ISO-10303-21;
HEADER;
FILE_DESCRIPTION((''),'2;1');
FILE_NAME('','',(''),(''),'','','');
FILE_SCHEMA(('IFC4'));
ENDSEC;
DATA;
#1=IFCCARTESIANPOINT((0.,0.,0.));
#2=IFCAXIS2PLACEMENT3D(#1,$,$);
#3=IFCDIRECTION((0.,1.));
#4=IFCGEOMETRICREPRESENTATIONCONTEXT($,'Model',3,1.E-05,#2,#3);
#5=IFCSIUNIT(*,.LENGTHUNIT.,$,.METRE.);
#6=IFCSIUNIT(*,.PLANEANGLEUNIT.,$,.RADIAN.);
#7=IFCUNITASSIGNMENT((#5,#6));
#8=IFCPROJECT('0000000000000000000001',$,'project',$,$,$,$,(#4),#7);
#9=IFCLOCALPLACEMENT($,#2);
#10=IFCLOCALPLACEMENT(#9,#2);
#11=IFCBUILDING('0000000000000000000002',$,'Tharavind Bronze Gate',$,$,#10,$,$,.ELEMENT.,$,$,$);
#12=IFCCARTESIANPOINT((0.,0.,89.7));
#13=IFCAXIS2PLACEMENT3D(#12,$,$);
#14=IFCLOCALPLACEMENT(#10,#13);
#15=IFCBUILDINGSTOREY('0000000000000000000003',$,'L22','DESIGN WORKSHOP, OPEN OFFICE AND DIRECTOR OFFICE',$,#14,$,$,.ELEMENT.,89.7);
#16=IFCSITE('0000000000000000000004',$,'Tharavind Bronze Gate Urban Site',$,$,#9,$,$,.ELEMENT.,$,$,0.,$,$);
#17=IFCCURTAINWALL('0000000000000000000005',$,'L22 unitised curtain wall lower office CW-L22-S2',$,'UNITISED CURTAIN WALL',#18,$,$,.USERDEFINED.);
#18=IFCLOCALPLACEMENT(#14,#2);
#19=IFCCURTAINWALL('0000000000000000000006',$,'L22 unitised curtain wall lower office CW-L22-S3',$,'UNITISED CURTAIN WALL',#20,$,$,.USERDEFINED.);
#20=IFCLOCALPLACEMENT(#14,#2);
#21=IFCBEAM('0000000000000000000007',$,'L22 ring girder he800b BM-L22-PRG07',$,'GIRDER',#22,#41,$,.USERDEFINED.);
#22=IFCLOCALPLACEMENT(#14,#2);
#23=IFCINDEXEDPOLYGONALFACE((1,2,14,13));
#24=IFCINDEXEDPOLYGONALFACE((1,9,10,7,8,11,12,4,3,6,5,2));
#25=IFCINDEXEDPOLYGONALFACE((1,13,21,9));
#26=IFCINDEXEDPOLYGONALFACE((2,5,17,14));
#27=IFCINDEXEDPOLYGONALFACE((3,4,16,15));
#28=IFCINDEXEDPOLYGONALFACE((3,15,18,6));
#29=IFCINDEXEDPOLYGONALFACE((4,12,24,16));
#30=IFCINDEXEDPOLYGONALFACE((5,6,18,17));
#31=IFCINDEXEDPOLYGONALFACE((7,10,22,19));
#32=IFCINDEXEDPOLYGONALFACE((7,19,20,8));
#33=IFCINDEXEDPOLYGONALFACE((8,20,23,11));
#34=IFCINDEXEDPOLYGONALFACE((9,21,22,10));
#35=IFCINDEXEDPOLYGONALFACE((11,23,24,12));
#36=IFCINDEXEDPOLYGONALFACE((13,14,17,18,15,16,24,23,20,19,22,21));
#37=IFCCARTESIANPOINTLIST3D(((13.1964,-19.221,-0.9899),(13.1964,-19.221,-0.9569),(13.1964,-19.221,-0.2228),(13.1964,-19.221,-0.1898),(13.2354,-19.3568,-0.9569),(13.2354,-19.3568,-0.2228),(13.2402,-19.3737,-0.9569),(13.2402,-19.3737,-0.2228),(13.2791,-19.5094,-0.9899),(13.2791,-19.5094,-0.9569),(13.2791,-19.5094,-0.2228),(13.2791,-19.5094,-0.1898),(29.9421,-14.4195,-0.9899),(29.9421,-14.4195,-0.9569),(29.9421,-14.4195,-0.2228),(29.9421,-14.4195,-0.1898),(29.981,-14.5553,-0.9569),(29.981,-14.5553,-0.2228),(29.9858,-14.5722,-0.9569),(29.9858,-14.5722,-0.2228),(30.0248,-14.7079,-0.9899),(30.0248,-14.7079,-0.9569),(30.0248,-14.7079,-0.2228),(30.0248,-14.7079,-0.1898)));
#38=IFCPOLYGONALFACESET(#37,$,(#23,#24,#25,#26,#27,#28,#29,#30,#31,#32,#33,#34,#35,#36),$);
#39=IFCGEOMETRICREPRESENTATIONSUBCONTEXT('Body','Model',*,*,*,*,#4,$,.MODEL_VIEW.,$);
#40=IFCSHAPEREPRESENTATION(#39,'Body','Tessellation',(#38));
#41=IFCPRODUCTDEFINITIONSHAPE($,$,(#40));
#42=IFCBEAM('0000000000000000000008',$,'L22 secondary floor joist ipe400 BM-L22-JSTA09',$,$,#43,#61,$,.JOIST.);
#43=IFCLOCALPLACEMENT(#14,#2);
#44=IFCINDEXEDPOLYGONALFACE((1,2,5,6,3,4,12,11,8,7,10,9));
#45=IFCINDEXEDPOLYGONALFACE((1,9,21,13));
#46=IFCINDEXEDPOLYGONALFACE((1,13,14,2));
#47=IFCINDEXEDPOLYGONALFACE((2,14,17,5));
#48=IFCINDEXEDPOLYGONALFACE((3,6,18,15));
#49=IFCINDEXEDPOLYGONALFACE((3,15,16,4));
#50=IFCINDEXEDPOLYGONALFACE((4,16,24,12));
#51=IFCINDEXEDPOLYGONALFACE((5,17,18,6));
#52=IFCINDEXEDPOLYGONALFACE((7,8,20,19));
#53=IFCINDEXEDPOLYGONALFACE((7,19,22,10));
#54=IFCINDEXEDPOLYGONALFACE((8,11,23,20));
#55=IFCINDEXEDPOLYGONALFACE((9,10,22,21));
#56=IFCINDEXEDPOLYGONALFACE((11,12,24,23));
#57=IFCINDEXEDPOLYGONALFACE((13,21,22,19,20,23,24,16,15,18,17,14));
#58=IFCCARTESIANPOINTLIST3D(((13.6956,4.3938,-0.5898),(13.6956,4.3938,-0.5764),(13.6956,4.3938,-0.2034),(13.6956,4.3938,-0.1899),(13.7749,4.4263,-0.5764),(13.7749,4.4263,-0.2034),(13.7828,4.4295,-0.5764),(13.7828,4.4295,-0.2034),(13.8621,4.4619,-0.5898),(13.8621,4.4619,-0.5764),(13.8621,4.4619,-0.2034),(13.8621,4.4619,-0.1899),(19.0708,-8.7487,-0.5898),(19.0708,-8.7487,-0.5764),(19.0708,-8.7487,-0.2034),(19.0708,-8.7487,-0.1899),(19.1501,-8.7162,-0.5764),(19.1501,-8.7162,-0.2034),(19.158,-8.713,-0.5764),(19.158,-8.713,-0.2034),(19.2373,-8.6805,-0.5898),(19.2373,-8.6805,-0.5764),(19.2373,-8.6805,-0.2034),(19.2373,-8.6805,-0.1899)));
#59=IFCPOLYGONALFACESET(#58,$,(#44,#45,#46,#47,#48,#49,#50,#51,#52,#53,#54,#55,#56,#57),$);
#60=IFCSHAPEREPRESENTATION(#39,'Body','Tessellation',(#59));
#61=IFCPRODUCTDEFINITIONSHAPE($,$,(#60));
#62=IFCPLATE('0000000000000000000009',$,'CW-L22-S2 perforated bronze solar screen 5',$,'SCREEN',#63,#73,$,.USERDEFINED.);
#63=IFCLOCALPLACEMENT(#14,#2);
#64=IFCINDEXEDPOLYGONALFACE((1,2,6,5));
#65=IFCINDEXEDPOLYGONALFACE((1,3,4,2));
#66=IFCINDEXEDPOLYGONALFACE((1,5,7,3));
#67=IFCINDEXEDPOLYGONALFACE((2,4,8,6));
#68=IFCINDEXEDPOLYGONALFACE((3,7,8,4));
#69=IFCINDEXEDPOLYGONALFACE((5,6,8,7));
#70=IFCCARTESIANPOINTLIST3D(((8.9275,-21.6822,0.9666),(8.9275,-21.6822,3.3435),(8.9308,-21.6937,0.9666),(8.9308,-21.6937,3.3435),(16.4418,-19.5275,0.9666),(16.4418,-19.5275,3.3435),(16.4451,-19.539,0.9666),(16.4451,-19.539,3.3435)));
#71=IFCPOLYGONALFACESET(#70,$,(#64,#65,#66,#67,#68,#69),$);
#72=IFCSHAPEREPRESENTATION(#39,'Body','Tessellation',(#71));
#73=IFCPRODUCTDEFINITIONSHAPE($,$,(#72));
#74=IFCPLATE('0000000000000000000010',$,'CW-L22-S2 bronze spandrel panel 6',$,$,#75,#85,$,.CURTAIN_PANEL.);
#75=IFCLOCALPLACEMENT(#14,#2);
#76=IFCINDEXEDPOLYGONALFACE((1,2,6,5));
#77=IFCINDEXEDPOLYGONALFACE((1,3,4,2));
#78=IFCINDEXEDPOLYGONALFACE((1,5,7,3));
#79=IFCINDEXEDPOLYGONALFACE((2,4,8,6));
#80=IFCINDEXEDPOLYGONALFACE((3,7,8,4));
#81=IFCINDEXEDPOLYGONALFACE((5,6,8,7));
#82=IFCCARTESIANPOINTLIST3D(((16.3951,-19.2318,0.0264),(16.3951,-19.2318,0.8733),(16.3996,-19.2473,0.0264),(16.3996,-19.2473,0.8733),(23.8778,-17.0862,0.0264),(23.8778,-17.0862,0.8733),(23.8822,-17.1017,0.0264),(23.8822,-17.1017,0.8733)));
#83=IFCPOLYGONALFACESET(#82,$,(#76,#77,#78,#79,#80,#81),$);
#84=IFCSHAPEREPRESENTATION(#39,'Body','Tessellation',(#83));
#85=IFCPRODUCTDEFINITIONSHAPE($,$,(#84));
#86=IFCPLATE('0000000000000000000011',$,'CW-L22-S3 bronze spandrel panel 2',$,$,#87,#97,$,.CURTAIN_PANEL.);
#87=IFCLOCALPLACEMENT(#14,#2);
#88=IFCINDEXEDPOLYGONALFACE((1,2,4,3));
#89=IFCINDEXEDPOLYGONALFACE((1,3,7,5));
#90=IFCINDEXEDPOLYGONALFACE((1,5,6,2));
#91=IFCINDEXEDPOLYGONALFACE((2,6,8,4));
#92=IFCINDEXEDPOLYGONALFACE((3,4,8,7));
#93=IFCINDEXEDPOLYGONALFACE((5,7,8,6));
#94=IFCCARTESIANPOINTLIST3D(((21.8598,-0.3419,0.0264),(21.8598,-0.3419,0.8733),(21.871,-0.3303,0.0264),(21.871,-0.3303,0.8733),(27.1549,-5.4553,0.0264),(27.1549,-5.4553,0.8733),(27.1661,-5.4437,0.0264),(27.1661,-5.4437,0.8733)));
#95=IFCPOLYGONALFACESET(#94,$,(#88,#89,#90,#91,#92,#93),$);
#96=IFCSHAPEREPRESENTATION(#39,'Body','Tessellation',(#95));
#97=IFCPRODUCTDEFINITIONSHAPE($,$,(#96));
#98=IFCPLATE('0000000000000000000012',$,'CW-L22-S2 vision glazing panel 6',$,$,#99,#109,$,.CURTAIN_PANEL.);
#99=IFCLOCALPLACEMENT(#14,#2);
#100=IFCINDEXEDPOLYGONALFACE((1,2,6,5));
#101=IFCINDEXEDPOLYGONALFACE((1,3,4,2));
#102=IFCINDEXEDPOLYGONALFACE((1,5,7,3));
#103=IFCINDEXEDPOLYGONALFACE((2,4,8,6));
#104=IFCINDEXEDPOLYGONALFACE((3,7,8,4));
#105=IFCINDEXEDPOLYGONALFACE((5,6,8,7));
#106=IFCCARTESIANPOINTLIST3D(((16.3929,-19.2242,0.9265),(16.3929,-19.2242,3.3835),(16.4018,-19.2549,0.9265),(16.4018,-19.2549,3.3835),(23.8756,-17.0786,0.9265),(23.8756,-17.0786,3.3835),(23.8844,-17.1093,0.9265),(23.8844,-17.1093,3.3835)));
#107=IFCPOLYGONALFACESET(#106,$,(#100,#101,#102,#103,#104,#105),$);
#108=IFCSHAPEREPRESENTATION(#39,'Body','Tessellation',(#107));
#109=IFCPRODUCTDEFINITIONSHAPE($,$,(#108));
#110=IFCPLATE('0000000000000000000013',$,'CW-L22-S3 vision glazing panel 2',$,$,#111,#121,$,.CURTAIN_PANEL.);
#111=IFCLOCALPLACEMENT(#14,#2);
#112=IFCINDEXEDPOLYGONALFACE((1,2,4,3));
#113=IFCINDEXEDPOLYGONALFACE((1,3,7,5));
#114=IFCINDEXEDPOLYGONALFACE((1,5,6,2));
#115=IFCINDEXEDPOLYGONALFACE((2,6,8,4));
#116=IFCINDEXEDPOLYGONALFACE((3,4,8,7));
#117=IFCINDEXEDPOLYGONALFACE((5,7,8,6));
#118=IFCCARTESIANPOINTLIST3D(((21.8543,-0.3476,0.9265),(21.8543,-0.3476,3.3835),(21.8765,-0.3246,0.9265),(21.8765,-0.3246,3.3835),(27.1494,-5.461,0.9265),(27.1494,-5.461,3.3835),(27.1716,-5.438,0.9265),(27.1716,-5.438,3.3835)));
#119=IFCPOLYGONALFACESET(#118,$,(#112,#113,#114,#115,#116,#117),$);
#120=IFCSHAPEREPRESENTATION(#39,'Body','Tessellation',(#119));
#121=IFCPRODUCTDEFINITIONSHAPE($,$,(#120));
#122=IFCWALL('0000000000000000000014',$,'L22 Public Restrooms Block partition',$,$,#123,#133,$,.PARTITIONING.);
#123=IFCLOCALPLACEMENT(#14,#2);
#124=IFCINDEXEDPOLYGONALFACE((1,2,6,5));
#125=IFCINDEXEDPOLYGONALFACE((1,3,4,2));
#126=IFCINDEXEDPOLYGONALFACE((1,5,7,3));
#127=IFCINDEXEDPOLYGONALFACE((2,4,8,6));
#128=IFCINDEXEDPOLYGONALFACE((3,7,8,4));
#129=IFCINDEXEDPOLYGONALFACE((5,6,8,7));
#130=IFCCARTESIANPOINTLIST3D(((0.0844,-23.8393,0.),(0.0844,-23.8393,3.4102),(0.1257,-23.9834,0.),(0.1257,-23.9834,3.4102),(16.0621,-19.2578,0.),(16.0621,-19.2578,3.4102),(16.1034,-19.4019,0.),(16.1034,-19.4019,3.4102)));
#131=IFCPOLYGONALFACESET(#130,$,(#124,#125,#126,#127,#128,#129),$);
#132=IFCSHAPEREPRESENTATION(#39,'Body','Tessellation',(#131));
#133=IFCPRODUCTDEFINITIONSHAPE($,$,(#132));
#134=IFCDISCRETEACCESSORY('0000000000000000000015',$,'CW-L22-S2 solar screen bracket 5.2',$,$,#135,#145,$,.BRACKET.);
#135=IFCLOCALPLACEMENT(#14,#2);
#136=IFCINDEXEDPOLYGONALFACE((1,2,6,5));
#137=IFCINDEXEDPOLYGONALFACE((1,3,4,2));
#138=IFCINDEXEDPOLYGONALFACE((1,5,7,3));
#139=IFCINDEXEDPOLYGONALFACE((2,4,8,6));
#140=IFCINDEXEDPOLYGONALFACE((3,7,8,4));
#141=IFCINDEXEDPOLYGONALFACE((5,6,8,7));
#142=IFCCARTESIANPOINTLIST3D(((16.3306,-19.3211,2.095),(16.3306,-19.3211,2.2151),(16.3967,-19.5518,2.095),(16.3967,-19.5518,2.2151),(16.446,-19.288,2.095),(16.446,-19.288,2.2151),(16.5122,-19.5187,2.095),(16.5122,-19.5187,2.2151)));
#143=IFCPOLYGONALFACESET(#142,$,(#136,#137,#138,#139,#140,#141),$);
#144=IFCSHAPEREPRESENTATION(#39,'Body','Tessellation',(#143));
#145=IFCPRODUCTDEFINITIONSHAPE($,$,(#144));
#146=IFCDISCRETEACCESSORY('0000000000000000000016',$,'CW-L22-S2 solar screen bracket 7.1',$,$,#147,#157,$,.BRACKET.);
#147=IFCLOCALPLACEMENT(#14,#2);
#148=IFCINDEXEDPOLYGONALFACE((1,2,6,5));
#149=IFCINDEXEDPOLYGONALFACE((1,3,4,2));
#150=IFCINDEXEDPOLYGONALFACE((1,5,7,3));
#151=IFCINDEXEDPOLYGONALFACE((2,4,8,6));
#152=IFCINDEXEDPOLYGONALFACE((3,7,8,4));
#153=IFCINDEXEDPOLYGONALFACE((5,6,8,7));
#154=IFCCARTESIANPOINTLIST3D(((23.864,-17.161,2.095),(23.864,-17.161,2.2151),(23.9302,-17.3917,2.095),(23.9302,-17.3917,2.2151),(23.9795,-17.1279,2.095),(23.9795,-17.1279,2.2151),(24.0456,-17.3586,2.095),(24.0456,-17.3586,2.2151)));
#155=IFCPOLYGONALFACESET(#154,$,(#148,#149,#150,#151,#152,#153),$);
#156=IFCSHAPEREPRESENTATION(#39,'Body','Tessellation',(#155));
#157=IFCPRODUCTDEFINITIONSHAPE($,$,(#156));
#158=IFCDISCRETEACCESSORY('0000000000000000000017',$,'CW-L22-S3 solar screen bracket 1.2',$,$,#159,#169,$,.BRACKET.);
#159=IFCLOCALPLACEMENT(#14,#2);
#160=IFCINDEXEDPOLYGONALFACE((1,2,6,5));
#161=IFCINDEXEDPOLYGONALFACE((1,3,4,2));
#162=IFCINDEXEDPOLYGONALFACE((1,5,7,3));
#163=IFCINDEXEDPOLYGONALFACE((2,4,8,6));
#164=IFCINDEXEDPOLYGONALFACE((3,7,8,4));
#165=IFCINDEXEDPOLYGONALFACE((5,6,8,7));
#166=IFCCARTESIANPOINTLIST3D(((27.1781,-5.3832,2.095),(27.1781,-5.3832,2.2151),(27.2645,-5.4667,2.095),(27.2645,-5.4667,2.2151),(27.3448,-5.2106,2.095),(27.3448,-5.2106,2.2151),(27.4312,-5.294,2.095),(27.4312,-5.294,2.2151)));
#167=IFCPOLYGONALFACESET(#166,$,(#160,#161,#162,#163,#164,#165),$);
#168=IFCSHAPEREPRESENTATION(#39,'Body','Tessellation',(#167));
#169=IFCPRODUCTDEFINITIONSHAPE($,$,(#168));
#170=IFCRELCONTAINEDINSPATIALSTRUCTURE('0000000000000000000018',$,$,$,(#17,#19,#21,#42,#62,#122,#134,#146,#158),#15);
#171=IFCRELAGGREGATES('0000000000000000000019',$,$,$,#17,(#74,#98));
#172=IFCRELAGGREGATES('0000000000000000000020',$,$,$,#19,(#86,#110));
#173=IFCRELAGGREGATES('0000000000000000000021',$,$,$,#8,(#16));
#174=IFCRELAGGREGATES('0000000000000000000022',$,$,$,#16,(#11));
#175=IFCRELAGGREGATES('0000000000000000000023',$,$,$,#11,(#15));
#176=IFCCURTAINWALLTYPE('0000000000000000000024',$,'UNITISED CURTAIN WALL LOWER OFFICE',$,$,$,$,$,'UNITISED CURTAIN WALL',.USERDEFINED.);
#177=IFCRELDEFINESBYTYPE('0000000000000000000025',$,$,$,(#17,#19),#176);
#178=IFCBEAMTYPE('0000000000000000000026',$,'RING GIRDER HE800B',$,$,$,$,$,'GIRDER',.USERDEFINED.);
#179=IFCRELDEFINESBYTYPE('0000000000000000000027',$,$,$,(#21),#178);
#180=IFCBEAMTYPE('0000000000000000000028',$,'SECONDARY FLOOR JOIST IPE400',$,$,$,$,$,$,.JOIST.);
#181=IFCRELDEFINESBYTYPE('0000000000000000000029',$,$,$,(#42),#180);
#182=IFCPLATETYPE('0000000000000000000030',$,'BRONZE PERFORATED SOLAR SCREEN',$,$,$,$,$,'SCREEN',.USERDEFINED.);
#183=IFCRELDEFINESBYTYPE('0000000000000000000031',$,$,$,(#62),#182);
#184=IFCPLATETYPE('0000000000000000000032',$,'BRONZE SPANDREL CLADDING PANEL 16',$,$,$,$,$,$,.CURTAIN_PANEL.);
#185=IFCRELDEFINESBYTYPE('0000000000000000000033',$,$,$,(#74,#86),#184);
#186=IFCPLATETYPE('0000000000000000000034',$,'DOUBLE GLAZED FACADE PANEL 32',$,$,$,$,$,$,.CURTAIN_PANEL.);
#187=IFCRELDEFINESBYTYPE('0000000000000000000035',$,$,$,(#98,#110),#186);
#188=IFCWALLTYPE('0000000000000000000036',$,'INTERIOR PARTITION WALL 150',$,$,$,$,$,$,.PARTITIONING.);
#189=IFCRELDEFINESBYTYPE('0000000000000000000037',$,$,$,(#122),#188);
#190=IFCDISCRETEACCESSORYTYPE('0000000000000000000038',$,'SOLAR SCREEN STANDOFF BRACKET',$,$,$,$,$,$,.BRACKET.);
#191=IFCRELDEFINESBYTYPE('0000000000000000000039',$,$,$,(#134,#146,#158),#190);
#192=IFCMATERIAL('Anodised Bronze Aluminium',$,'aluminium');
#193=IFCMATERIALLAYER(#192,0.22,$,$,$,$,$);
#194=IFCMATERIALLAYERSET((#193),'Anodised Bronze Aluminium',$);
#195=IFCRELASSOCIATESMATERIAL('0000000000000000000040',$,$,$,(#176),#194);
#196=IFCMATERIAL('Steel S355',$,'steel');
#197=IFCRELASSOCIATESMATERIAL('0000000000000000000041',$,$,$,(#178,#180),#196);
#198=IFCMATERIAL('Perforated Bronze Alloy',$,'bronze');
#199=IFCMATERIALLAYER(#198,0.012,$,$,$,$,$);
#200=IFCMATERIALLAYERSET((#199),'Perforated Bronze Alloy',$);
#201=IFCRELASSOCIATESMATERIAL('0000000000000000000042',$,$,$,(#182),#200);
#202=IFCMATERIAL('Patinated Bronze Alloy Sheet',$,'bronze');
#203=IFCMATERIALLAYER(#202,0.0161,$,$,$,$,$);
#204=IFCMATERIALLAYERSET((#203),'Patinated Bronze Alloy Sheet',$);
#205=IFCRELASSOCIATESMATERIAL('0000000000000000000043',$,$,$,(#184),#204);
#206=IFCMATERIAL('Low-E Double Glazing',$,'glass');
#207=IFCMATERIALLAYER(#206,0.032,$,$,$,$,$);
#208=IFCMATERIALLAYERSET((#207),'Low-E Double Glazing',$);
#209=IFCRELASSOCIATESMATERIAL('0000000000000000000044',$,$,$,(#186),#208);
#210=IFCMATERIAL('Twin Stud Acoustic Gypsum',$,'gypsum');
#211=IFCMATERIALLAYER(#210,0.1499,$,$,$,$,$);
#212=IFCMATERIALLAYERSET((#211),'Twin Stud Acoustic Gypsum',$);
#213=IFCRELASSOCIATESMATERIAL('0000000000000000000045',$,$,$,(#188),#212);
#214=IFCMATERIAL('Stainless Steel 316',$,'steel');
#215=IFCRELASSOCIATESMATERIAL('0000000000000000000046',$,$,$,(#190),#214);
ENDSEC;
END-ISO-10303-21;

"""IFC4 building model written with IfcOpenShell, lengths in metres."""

from ifc_helpers import new_model, si_unit, direction, frame, frame_2d, origin, origin_2d, place, context, subcontext, project, spatial, rectangle, i_section, extrude, material, layer, layer_set, material_profile, profile_set, type_object, element, aggregate, save


model = new_model("IFC4")

# Units and contexts
model_context = context("Model", 3, precision=1e-05, world=origin(), true_north=direction((0.0, 1.0)))
body_context = subcontext(model_context, "Body", "Model", "MODEL_VIEW")
ifc_project = project(units=[si_unit("LENGTHUNIT", "METRE"), si_unit("PLANEANGLEUNIT", "RADIAN")], contexts=[model_context])

# Site, building, storey
site_placement = place(None, origin())
site = spatial("IfcSite", under=ifc_project, at=site_placement, Name="Tharavind Bronze Gate Urban Site", CompositionType="ELEMENT", RefElevation=0.0)
building_placement = place(site_placement, origin())
building = spatial("IfcBuilding", under=site, at=building_placement, Name="Tharavind Bronze Gate", CompositionType="ELEMENT")
storey_placement = place(building_placement, frame((0.0, 0.0, 89.7)))
storey = spatial("IfcBuildingStorey", under=building, at=storey_placement, Name="L22", Description="DESIGN WORKSHOP, OPEN OFFICE AND DIRECTOR OFFICE", CompositionType="ELEMENT", Elevation=89.7)

# Curtain wall
ifc_material_1 = material(Name="Anodised Bronze Aluminium", Category="aluminium")
ifc_layer_1 = layer(ifc_material_1, 0.22)
ifc_layer_set_1 = layer_set([ifc_layer_1], Name="Anodised Bronze Aluminium")
curtain_wall_type = type_object("IfcCurtainWallType", Name="UNITISED CURTAIN WALL LOWER OFFICE", ElementType="UNITISED CURTAIN WALL", PredefinedType="USERDEFINED", material=ifc_layer_set_1)
curtain_wall_1_placement = place(storey_placement, origin())
curtain_wall_1 = element("IfcCurtainWall", 1, at=curtain_wall_1_placement, inside=storey, type_object=curtain_wall_type, Name="L22 unitised curtain wall lower office CW-L22-S2", ObjectType="UNITISED CURTAIN WALL", PredefinedType="USERDEFINED")

# Curtain wall
curtain_wall_2_placement = place(storey_placement, origin())
curtain_wall_2 = element("IfcCurtainWall", 2, at=curtain_wall_2_placement, inside=storey, type_object=curtain_wall_type, Name="L22 unitised curtain wall lower office CW-L22-S3", ObjectType="UNITISED CURTAIN WALL", PredefinedType="USERDEFINED")

# Beams
ifc_material_2 = material(Name="Steel S355", Category="steel")
ifc_material_profile_1 = material_profile(ifc_material_2, i_section(OverallWidth=0.3, OverallDepth=0.8, WebThickness=0.0176, FlangeThickness=0.033, at=origin_2d()), Name="HE800B")
ifc_profile_set_1 = profile_set([ifc_material_profile_1], Name="Steel S355")
beam_type_1 = type_object("IfcBeamType", Name="RING GIRDER HE800B", ElementType="GIRDER", PredefinedType="USERDEFINED", material=ifc_profile_set_1)
beam_1_placement = place(storey_placement, frame((13.2378, -19.3652, -0.5898), z_axis=(0.961265, 0.275626, 0.0), x_axis=(-0.275626, 0.961265, 0.0)))
element("IfcBeam", 3, at=beam_1_placement, inside=storey, type_object=beam_type_1, Name="L22 ring girder he800b BM-L22-PRG07", ObjectType="GIRDER", PredefinedType="USERDEFINED", context=body_context, shape_type="SweptSolid", body=[
    extrude(i_section(OverallWidth=0.3, OverallDepth=0.8, WebThickness=0.0176, FlangeThickness=0.033, at=origin_2d()), origin(), (0.0, 0.0, 1.0), 17.4204),
])
ifc_material_profile_2 = material_profile(ifc_material_2, i_section(OverallWidth=0.1799, OverallDepth=0.3999, WebThickness=0.0085, FlangeThickness=0.0134, at=origin_2d()), Name="IPE400")
ifc_profile_set_2 = profile_set([ifc_material_profile_2], Name="Steel S355")
beam_type_2 = type_object("IfcBeamType", Name="SECONDARY FLOOR JOIST IPE400", PredefinedType="JOIST", material=ifc_profile_set_2)
beam_2_placement = place(storey_placement, frame((19.1541, -8.7146, -0.3899), z_axis=(-0.378557, 0.925578, 0.0), x_axis=(-0.925578, -0.378557, 0.0)))
element("IfcBeam", 4, at=beam_2_placement, inside=storey, type_object=beam_type_2, Name="L22 secondary floor joist ipe400 BM-L22-JSTA09", PredefinedType="JOIST", context=body_context, shape_type="SweptSolid", body=[
    extrude(i_section(OverallWidth=0.1799, OverallDepth=0.3999, WebThickness=0.0085, FlangeThickness=0.0134, at=origin_2d()), origin(), (0.0, 0.0, 1.0), 14.1992),
])

# Plates
ifc_material_3 = material(Name="Perforated Bronze Alloy", Category="bronze")
ifc_layer_2 = layer(ifc_material_3, 0.012)
ifc_layer_set_2 = layer_set([ifc_layer_2], Name="Perforated Bronze Alloy")
plate_type_1 = type_object("IfcPlateType", Name="BRONZE PERFORATED SOLAR SCREEN", ElementType="SCREEN", PredefinedType="USERDEFINED", material=ifc_layer_set_2)
plate_1_placement = place(storey_placement, frame((12.6863, -20.6106, 0.9666), z_axis=(0.0, 0.0, 1.0), x_axis=(0.961262, 0.275637, 0.0)))
element("IfcPlate", 5, at=plate_1_placement, inside=storey, type_object=plate_type_1, Name="CW-L22-S2 perforated bronze solar screen 5", ObjectType="SCREEN", PredefinedType="USERDEFINED", context=body_context, shape_type="SweptSolid", body=[
    extrude(rectangle(XDim=7.8171, YDim=0.012, at=origin_2d()), origin(), (0.0, 0.0, 1.0), 2.377),
])
ifc_material_4 = material(Name="Patinated Bronze Alloy Sheet", Category="bronze")
ifc_layer_3 = layer(ifc_material_4, 0.0161)
ifc_layer_set_3 = layer_set([ifc_layer_3], Name="Patinated Bronze Alloy Sheet")
plate_type_2 = type_object("IfcPlateType", Name="BRONZE SPANDREL CLADDING PANEL 16", PredefinedType="CURTAIN_PANEL", material=ifc_layer_set_3)
plate_2_placement = place(storey_placement, frame((20.1387, -18.1667, 0.0264), z_axis=(0.0, 0.0, 1.0), x_axis=(0.961262, 0.275637, 0.0)))
plate_2 = element("IfcPlate", 6, at=plate_2_placement, type_object=plate_type_2, Name="CW-L22-S2 bronze spandrel panel 6", PredefinedType="CURTAIN_PANEL", context=body_context, shape_type="SweptSolid", body=[
    extrude(rectangle(XDim=7.7842, YDim=0.0161, at=origin_2d()), origin(), (0.0, 0.0, 1.0), 0.8469),
])
plate_3_placement = place(storey_placement, frame((24.5129, -2.8928, 0.0264), z_axis=(0.0, 0.0, 1.0), x_axis=(-0.719341, 0.694657, 0.0)))
plate_3 = element("IfcPlate", 7, at=plate_3_placement, type_object=plate_type_2, Name="CW-L22-S3 bronze spandrel panel 2", PredefinedType="CURTAIN_PANEL", context=body_context, shape_type="SweptSolid", body=[
    extrude(rectangle(XDim=7.3611, YDim=0.0161, at=origin_2d()), origin(), (0.0, 0.0, 1.0), 0.8469),
])
ifc_material_5 = material(Name="Low-E Double Glazing", Category="glass")
ifc_layer_4 = layer(ifc_material_5, 0.032)
ifc_layer_set_4 = layer_set([ifc_layer_4], Name="Low-E Double Glazing")
plate_type_3 = type_object("IfcPlateType", Name="DOUBLE GLAZED FACADE PANEL 32", PredefinedType="CURTAIN_PANEL", material=ifc_layer_set_4)
plate_4_placement = place(storey_placement, frame((20.1387, -18.1667, 0.9265), z_axis=(0.0, 0.0, 1.0), x_axis=(0.961262, 0.275637, 0.0)))
plate_4 = element("IfcPlate", 8, at=plate_4_placement, type_object=plate_type_3, Name="CW-L22-S2 vision glazing panel 6", PredefinedType="CURTAIN_PANEL", context=body_context, shape_type="SweptSolid", body=[
    extrude(rectangle(XDim=7.7842, YDim=0.032, at=origin_2d()), origin(), (0.0, 0.0, 1.0), 2.457),
])
aggregate(curtain_wall_1, [plate_2, plate_4])
plate_5_placement = place(storey_placement, frame((24.5129, -2.8928, 0.9265), z_axis=(0.0, 0.0, 1.0), x_axis=(-0.719341, 0.694657, 0.0)))
plate_5 = element("IfcPlate", 9, at=plate_5_placement, type_object=plate_type_3, Name="CW-L22-S3 vision glazing panel 2", PredefinedType="CURTAIN_PANEL", context=body_context, shape_type="SweptSolid", body=[
    extrude(rectangle(XDim=7.3611, YDim=0.032, at=origin_2d()), origin(), (0.0, 0.0, 1.0), 2.457),
])
aggregate(curtain_wall_2, [plate_3, plate_5])

# Wall
ifc_material_6 = material(Name="Twin Stud Acoustic Gypsum", Category="gypsum")
ifc_layer_5 = layer(ifc_material_6, 0.1499)
ifc_layer_set_5 = layer_set([ifc_layer_5], Name="Twin Stud Acoustic Gypsum")
wall_type = type_object("IfcWallType", Name="INTERIOR PARTITION WALL 150", PredefinedType="PARTITIONING", material=ifc_layer_set_5)
wall_placement = place(storey_placement, frame((16.0828, -19.3298, 0.0), z_axis=(0.0, 0.0, 1.0), x_axis=(-0.961262, -0.275637, 0.0)))
element("IfcWall", 10, at=wall_placement, inside=storey, type_object=wall_type, Name="L22 Public Restrooms Block partition", PredefinedType="PARTITIONING", context=body_context, shape_type="SweptSolid", body=[
    extrude(rectangle(XDim=16.6216, YDim=0.1499, at=frame_2d((8.3108, 0.0))), origin(), (0.0, 0.0, 1.0), 3.4102),
])

# Discrete accessories
ifc_material_7 = material(Name="Stainless Steel 316", Category="steel")
discrete_accessory_type = type_object("IfcDiscreteAccessoryType", Name="SOLAR SCREEN STANDOFF BRACKET", PredefinedType="BRACKET", material=ifc_material_7)
for number, where, z_axis, x_axis, name in (
    (11, (16.4214, -19.4199, 2.095), (0.0, 0.0, 1.0), (0.961262, 0.275637, 0.0), "CW-L22-S2 solar screen bracket 5.2"),
    (12, (23.9548, -17.2598, 2.095), (0.0, 0.0, 1.0), (0.961262, 0.275637, 0.0), "CW-L22-S2 solar screen bracket 7.1"),
    (13, (27.3047, -5.3386, 2.095), (0.0, 0.0, 1.0), (-0.719341, 0.694657, 0.0), "CW-L22-S3 solar screen bracket 1.2"),
):
    element("IfcDiscreteAccessory", number, at=place(storey_placement, frame(where, z_axis=z_axis, x_axis=x_axis)), inside=storey, type_object=discrete_accessory_type, Name=name, PredefinedType="BRACKET", context=body_context, shape_type="SweptSolid", body=[
        extrude(rectangle(XDim=0.1201, YDim=0.24, at=origin_2d()), origin(), (0.0, 0.0, 1.0), 0.1201),
    ])

save(model, "model.ifc")
